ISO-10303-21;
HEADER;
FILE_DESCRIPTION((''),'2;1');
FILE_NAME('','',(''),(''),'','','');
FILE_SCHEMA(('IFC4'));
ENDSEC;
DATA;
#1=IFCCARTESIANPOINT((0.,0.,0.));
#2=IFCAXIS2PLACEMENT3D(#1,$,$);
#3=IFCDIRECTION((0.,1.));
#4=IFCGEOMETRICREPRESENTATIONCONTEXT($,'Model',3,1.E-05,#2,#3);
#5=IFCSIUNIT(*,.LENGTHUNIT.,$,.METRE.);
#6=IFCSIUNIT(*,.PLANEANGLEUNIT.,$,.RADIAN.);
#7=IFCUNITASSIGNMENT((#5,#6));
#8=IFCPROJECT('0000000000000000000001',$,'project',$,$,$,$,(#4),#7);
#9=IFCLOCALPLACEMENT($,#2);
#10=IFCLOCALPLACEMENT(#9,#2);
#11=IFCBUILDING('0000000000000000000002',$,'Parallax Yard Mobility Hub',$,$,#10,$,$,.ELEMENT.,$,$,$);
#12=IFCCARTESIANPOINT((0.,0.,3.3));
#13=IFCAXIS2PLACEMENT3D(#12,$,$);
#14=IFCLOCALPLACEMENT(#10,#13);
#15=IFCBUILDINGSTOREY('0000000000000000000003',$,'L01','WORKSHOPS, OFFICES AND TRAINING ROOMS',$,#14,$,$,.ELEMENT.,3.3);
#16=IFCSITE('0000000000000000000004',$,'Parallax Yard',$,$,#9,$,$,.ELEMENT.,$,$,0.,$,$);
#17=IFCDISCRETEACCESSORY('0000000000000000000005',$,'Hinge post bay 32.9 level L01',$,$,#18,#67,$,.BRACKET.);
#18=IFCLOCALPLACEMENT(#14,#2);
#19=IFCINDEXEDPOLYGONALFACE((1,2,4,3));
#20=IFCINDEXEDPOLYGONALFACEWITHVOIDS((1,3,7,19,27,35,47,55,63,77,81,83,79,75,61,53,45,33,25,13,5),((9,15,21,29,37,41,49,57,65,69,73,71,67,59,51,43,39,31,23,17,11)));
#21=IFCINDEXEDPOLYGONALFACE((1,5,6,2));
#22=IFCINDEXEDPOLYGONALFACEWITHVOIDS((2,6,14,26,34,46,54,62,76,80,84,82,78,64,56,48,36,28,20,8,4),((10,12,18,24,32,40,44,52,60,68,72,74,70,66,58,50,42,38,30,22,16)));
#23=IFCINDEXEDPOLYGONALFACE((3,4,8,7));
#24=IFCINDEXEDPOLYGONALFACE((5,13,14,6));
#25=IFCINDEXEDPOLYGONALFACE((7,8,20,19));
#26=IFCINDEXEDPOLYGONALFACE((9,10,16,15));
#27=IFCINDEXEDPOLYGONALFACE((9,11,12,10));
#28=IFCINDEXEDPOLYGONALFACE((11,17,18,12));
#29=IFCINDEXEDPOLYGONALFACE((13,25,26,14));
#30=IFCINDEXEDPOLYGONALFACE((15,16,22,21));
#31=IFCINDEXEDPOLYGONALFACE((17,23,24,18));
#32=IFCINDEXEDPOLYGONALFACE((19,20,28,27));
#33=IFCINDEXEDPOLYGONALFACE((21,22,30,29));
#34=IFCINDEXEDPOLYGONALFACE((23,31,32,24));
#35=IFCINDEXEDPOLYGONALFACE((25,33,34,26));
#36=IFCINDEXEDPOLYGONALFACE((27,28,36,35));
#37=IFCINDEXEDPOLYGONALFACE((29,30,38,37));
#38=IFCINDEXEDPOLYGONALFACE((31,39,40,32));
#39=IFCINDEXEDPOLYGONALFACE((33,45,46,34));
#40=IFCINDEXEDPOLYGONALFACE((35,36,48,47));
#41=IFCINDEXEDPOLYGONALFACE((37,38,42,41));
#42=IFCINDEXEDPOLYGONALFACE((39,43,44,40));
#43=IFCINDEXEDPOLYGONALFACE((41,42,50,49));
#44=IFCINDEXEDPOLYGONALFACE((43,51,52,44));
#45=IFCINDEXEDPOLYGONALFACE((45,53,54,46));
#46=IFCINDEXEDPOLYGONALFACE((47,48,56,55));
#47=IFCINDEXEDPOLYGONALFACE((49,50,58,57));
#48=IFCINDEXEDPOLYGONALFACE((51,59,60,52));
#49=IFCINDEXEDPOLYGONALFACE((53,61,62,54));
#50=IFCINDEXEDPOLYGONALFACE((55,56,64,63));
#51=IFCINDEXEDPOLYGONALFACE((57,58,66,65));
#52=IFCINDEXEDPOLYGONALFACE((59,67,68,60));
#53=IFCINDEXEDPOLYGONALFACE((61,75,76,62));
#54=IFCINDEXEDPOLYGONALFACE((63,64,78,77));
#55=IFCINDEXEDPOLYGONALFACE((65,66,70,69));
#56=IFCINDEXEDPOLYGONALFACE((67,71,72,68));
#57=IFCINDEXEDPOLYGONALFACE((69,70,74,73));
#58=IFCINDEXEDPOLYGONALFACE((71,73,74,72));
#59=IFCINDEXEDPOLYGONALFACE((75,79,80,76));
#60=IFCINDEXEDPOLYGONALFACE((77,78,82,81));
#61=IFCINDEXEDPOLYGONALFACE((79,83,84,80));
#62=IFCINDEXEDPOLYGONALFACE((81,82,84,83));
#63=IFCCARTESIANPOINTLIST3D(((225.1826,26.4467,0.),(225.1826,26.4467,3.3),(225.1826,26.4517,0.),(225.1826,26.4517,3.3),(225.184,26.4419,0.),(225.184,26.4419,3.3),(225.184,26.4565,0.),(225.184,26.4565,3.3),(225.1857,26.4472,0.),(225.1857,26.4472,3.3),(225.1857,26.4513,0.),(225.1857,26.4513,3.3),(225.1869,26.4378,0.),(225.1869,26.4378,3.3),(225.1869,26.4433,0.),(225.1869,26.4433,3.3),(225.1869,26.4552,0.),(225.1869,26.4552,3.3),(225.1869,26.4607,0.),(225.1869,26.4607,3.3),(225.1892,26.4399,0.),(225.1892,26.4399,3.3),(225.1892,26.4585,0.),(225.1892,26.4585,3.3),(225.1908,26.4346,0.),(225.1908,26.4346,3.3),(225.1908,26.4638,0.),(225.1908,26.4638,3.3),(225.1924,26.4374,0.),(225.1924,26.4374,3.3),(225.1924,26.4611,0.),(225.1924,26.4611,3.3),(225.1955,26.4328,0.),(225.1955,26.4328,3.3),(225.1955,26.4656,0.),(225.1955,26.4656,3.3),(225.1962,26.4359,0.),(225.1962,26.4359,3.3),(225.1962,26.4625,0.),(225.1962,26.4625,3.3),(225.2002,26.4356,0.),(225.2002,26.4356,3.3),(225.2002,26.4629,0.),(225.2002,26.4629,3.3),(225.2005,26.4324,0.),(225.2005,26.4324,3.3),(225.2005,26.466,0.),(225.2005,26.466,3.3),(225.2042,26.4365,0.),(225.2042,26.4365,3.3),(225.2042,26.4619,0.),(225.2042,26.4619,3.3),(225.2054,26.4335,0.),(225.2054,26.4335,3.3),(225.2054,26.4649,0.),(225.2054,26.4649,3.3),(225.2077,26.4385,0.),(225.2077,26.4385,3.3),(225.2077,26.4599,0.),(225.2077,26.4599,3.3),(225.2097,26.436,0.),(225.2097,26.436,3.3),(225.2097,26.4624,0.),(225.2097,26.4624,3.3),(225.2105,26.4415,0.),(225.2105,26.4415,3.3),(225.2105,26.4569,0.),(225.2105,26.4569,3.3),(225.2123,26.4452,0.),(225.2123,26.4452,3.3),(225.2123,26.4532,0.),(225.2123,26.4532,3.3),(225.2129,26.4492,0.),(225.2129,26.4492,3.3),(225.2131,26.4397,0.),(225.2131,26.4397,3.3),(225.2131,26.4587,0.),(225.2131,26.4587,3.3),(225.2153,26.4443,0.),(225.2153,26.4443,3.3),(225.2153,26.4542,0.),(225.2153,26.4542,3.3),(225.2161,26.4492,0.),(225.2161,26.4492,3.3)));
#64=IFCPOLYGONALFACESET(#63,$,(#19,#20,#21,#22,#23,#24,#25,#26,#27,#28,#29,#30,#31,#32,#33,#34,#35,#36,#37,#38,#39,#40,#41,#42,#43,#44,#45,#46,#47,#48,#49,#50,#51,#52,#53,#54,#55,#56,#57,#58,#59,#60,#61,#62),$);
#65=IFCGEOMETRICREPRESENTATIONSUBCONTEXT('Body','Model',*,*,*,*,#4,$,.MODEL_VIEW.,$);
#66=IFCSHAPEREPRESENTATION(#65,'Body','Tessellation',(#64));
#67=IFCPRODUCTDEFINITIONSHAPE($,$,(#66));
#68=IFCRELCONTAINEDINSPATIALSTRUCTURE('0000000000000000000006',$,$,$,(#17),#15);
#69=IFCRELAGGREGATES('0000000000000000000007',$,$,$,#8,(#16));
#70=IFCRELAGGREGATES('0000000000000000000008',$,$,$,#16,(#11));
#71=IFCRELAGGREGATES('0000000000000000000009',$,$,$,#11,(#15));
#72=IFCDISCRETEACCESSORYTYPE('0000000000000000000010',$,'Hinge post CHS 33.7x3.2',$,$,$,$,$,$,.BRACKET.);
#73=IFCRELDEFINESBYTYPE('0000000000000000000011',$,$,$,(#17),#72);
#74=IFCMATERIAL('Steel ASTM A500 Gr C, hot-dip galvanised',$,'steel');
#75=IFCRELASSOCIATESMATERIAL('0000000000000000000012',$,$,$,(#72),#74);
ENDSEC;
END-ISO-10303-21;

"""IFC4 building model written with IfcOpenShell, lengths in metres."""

from ifc_helpers import new_model, si_unit, direction, frame, origin, origin_2d, place, context, subcontext, project, spatial, hollow_circle, extrude, material, material_profile, profile_set, type_object, element, save


model = new_model("IFC4")

# Units and contexts
model_context = context("Model", 3, precision=1e-05, world=origin(), true_north=direction((0.0, 1.0)))
body_context = subcontext(model_context, "Body", "Model", "MODEL_VIEW")
ifc_project = project(units=[si_unit("LENGTHUNIT", "METRE"), si_unit("PLANEANGLEUNIT", "RADIAN")], contexts=[model_context])

# Site, building, storey
site_placement = place(None, origin())
site = spatial("IfcSite", under=ifc_project, at=site_placement, Name="Parallax Yard", CompositionType="ELEMENT", RefElevation=0.0)
building_placement = place(site_placement, origin())
building = spatial("IfcBuilding", under=site, at=building_placement, Name="Parallax Yard Mobility Hub", CompositionType="ELEMENT")
storey_placement = place(building_placement, frame((0.0, 0.0, 3.3)))
storey = spatial("IfcBuildingStorey", under=building, at=storey_placement, Name="L01", Description="WORKSHOPS, OFFICES AND TRAINING ROOMS", CompositionType="ELEMENT", Elevation=3.3)

# Discrete accessory
ifc_material_1 = material(Name="Steel ASTM A500 Gr C, hot-dip galvanised", Category="steel")
ifc_material_profile_1 = material_profile(ifc_material_1, hollow_circle(Radius=0.0168, WallThickness=0.0032, at=origin_2d()), Name="CHS 33.7x3.2")
ifc_profile_set_1 = profile_set([ifc_material_profile_1], Name="Steel ASTM A500 Gr C, hot-dip galvanised")
discrete_accessory_type_1 = type_object("IfcDiscreteAccessoryType", Name="Hinge post CHS 33.7x3.2", PredefinedType="BRACKET", material=ifc_profile_set_1)
for number, where, z_axis, x_axis, name in (
    (1, (225.1992, 26.4492, 0.0), (0.0, 0.0, 1.0), (1.0, 0.0, 0.0), "Hinge post bay 32.9 level L01"),
):
    element("IfcDiscreteAccessory", number, at=place(storey_placement, frame(where, z_axis=z_axis, x_axis=x_axis)), inside=storey, type_object=discrete_accessory_type_1, Name=name, PredefinedType="BRACKET", context=body_context, shape_type="SweptSolid", body=[
        extrude(hollow_circle(Radius=0.0168, WallThickness=0.0032, at=origin_2d()), origin(), (0.0, 0.0, 1.0), 3.3),
    ])

save(model, "model.ifc")
